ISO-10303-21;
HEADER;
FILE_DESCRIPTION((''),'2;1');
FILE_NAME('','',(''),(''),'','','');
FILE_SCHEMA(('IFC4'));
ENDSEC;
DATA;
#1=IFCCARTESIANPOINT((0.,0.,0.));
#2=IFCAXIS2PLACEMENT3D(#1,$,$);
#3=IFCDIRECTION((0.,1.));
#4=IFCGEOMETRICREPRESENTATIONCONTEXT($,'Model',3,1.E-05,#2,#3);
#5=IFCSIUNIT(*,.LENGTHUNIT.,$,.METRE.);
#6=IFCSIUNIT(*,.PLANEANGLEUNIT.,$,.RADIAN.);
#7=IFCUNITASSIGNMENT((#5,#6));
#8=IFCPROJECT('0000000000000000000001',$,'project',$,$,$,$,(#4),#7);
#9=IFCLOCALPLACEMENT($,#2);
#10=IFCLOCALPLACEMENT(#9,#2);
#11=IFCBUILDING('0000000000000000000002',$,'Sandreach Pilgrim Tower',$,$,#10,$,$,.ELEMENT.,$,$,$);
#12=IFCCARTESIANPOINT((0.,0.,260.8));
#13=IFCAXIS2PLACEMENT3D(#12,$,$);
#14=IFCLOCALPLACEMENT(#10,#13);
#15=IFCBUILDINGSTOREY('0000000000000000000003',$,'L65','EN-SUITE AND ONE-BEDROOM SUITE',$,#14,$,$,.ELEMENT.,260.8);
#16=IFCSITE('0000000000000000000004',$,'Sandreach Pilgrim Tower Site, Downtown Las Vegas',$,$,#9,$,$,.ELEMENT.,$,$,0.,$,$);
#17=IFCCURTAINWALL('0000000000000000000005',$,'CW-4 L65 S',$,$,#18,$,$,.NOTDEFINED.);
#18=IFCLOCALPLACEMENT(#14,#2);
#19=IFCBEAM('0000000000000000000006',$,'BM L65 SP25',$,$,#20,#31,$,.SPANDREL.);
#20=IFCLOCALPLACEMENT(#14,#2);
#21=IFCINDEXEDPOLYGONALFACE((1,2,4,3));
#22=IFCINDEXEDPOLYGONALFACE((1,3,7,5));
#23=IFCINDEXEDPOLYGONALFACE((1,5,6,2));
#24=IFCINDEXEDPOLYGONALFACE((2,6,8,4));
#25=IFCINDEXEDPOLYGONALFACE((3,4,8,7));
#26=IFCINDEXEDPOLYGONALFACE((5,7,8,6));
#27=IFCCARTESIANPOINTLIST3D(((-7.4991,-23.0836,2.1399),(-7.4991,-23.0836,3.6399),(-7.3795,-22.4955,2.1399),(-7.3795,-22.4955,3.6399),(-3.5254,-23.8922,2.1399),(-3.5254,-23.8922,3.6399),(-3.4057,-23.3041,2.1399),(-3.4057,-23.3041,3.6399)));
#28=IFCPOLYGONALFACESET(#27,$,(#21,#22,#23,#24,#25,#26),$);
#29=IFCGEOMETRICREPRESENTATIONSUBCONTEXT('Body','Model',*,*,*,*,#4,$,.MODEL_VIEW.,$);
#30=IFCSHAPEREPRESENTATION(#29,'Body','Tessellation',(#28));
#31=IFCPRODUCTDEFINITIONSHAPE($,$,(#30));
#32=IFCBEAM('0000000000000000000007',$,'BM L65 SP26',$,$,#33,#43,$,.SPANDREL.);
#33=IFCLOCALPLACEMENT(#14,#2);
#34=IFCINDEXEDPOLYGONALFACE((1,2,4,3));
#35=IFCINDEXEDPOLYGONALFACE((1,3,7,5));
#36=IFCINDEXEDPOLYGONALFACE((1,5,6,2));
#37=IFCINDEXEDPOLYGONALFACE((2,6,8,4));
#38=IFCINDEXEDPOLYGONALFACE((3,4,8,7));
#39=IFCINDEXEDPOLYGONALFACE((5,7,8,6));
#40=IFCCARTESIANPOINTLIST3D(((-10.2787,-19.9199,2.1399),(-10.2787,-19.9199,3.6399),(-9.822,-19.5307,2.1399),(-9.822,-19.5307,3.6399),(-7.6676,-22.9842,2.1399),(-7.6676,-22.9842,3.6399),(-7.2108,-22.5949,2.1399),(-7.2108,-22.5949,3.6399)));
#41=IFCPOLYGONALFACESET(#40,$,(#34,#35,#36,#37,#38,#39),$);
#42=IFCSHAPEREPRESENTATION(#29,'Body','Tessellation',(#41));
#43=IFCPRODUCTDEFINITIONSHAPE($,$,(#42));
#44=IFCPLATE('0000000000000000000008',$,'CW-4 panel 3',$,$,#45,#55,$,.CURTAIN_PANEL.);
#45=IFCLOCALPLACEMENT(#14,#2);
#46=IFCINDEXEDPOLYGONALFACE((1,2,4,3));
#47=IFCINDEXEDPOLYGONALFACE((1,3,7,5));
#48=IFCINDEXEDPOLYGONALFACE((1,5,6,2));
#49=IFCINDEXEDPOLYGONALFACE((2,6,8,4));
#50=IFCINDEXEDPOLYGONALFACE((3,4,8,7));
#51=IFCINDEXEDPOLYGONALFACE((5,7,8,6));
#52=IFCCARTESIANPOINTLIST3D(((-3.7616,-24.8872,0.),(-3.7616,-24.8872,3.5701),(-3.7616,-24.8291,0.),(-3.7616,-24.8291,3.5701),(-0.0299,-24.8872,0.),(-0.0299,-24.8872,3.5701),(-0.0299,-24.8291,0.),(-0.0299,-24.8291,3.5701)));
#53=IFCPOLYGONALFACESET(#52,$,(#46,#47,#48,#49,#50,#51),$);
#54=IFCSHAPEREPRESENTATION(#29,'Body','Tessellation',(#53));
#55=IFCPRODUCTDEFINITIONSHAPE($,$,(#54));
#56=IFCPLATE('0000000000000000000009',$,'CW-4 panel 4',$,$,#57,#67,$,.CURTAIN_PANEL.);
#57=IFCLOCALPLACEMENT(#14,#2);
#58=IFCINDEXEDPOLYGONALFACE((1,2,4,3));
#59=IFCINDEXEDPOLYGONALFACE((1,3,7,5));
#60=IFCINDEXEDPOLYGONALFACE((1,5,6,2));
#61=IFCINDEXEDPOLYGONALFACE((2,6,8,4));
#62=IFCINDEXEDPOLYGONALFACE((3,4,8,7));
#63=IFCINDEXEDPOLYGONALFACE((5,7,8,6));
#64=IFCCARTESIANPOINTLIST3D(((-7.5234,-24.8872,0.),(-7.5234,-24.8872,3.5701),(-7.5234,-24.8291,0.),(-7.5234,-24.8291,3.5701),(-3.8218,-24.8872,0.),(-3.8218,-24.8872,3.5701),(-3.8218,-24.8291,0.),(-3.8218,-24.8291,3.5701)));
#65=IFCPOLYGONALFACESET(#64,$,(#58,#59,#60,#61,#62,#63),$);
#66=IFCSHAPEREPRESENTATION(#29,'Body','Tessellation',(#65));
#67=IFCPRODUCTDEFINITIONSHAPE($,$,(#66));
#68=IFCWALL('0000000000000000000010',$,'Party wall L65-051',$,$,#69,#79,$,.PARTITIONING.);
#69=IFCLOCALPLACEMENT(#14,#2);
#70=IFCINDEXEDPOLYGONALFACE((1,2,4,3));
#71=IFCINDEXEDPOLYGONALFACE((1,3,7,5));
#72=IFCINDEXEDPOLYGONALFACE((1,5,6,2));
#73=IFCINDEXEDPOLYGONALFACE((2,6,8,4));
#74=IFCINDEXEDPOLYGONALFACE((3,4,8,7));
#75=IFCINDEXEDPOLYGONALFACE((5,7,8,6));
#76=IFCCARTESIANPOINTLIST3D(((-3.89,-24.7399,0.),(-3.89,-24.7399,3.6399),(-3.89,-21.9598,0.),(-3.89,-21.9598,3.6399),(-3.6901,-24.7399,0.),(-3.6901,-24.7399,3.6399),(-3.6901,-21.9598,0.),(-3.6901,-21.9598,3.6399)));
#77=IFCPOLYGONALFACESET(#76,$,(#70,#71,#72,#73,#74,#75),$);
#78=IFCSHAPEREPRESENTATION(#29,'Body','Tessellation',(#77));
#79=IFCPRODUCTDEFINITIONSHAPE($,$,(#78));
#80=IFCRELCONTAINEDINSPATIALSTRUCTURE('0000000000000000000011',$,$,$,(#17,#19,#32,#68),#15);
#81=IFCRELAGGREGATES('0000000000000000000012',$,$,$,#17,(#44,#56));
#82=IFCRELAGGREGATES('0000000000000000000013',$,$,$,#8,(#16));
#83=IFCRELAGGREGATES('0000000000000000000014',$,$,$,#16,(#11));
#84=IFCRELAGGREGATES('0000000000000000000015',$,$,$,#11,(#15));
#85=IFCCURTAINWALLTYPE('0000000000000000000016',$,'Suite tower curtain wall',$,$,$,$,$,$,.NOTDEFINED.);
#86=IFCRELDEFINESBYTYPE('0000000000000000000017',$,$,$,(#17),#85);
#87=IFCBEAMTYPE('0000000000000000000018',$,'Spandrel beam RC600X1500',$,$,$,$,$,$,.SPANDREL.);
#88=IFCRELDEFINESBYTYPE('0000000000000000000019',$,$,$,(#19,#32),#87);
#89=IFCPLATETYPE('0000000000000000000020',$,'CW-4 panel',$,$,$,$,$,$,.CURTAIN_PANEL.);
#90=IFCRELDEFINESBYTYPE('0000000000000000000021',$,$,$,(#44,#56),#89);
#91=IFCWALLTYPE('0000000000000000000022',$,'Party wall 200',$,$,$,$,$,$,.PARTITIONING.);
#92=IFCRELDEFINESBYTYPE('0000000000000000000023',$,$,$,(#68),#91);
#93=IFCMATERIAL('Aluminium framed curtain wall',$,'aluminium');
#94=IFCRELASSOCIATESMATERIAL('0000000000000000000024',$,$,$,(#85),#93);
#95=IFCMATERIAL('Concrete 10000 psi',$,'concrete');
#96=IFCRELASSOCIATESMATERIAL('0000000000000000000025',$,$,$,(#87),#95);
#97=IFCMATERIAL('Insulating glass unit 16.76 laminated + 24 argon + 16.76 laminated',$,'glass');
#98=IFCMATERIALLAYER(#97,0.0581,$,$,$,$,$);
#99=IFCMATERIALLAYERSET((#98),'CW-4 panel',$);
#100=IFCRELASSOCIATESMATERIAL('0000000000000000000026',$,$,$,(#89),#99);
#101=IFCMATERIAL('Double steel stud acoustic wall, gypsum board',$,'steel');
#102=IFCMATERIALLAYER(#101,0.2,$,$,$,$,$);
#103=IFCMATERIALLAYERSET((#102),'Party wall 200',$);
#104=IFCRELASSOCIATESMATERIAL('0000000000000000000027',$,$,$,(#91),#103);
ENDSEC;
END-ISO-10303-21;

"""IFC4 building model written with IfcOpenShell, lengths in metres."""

from ifc_helpers import new_model, si_unit, direction, frame, frame_2d, origin, origin_2d, place, context, subcontext, project, spatial, rectangle, extrude, material, layer, layer_set, material_profile, profile_set, type_object, element, aggregate, save


model = new_model("IFC4")

# Units and contexts
model_context = context("Model", 3, precision=1e-05, world=origin(), true_north=direction((0.0, 1.0)))
body_context = subcontext(model_context, "Body", "Model", "MODEL_VIEW")
ifc_project = project(units=[si_unit("LENGTHUNIT", "METRE"), si_unit("PLANEANGLEUNIT", "RADIAN")], contexts=[model_context])

# Site, building, storey
site_placement = place(None, origin())
site = spatial("IfcSite", under=ifc_project, at=site_placement, Name="Sandreach Pilgrim Tower Site, Downtown Las Vegas", CompositionType="ELEMENT", RefElevation=0.0)
building_placement = place(site_placement, origin())
building = spatial("IfcBuilding", under=site, at=building_placement, Name="Sandreach Pilgrim Tower", CompositionType="ELEMENT")
storey_placement = place(building_placement, frame((0.0, 0.0, 260.8)))
storey = spatial("IfcBuildingStorey", under=building, at=storey_placement, Name="L65", Description="EN-SUITE AND ONE-BEDROOM SUITE", CompositionType="ELEMENT", Elevation=260.8)

# Curtain wall
ifc_material_1 = material(Name="Aluminium framed curtain wall", Category="aluminium")
curtain_wall_type = type_object("IfcCurtainWallType", Name="Suite tower curtain wall", PredefinedType="NOTDEFINED", material=ifc_material_1)
curtain_wall_placement = place(storey_placement, origin())
curtain_wall = element("IfcCurtainWall", 1, at=curtain_wall_placement, inside=storey, type_object=curtain_wall_type, Name="CW-4 L65 S", PredefinedType="NOTDEFINED")

# Beams
ifc_material_2 = material(Name="Concrete 10000 psi", Category="concrete")
ifc_material_profile_1 = material_profile(ifc_material_2, rectangle(XDim=0.6001, YDim=1.5, at=origin_2d()), Name="RC600X1500")
ifc_profile_set_1 = profile_set([ifc_material_profile_1], Name="Concrete 10000 psi")
beam_type_1 = type_object("IfcBeamType", Name="Spandrel beam RC600X1500", PredefinedType="SPANDREL", material=ifc_profile_set_1)
beam_1_placement = place(storey_placement, frame((-3.4656, -23.5981, 2.8899), z_axis=(-0.979918, 0.199403, 0.0), x_axis=(-0.199403, -0.979918, 0.0)))
element("IfcBeam", 2, at=beam_1_placement, inside=storey, type_object=beam_type_1, Name="BM L65 SP25", PredefinedType="SPANDREL", context=body_context, shape_type="SweptSolid", body=[
    extrude(rectangle(XDim=0.6001, YDim=1.5, at=origin_2d()), origin(), (0.0, 0.0, 1.0), 4.0552),
])
beam_2_placement = place(storey_placement, frame((-7.4392, -22.7896, 2.8899), z_axis=(-0.648586, 0.761141, 0.0), x_axis=(-0.761141, -0.648586, 0.0)))
element("IfcBeam", 3, at=beam_2_placement, inside=storey, type_object=beam_type_1, Name="BM L65 SP26", PredefinedType="SPANDREL", context=body_context, shape_type="SweptSolid", body=[
    extrude(rectangle(XDim=0.6001, YDim=1.5, at=origin_2d()), origin(), (0.0, 0.0, 1.0), 4.0259),
])

# Plates
ifc_material_3 = material(Name="Insulating glass unit 16.76 laminated + 24 argon + 16.76 laminated", Category="glass")
ifc_layer_1 = layer(ifc_material_3, 0.0581)
ifc_layer_set_1 = layer_set([ifc_layer_1], Name="CW-4 panel")
plate_type = type_object("IfcPlateType", Name="CW-4 panel", PredefinedType="CURTAIN_PANEL", material=ifc_layer_set_1)
plate_1_placement = place(storey_placement, frame((-1.8958, -24.8582, 0.0), z_axis=(0.0, 0.0, 1.0), x_axis=(-1.0, 0.0, 0.0)))
plate_1 = element("IfcPlate", 4, at=plate_1_placement, type_object=plate_type, Name="CW-4 panel 3", PredefinedType="CURTAIN_PANEL", context=body_context, shape_type="SweptSolid", body=[
    extrude(rectangle(XDim=3.7317, YDim=0.0581, at=origin_2d()), origin(), (0.0, 0.0, 1.0), 3.5701),
])
plate_2_placement = place(storey_placement, frame((-5.6726, -24.8582, 0.0), z_axis=(0.0, 0.0, 1.0), x_axis=(-1.0, 0.0, 0.0)))
plate_2 = element("IfcPlate", 5, at=plate_2_placement, type_object=plate_type, Name="CW-4 panel 4", PredefinedType="CURTAIN_PANEL", context=body_context, shape_type="SweptSolid", body=[
    extrude(rectangle(XDim=3.7017, YDim=0.0581, at=origin_2d()), origin(), (0.0, 0.0, 1.0), 3.5701),
])
aggregate(curtain_wall, [plate_1, plate_2])

# Wall
ifc_material_4 = material(Name="Double steel stud acoustic wall, gypsum board", Category="steel")
ifc_layer_2 = layer(ifc_material_4, 0.2)
ifc_layer_set_2 = layer_set([ifc_layer_2], Name="Party wall 200")
wall_type = type_object("IfcWallType", Name="Party wall 200", PredefinedType="PARTITIONING", material=ifc_layer_set_2)
wall_placement = place(storey_placement, frame((-3.79, -24.74, 0.0), z_axis=(0.0, 0.0, 1.0), x_axis=(0.0, 1.0, 0.0)))
element("IfcWall", 6, at=wall_placement, inside=storey, type_object=wall_type, Name="Party wall L65-051", PredefinedType="PARTITIONING", context=body_context, shape_type="SweptSolid", body=[
    extrude(rectangle(XDim=2.78, YDim=0.2, at=frame_2d((1.3901, 0.0))), origin(), (0.0, 0.0, 1.0), 3.6399),
])

save(model, "model.ifc")
